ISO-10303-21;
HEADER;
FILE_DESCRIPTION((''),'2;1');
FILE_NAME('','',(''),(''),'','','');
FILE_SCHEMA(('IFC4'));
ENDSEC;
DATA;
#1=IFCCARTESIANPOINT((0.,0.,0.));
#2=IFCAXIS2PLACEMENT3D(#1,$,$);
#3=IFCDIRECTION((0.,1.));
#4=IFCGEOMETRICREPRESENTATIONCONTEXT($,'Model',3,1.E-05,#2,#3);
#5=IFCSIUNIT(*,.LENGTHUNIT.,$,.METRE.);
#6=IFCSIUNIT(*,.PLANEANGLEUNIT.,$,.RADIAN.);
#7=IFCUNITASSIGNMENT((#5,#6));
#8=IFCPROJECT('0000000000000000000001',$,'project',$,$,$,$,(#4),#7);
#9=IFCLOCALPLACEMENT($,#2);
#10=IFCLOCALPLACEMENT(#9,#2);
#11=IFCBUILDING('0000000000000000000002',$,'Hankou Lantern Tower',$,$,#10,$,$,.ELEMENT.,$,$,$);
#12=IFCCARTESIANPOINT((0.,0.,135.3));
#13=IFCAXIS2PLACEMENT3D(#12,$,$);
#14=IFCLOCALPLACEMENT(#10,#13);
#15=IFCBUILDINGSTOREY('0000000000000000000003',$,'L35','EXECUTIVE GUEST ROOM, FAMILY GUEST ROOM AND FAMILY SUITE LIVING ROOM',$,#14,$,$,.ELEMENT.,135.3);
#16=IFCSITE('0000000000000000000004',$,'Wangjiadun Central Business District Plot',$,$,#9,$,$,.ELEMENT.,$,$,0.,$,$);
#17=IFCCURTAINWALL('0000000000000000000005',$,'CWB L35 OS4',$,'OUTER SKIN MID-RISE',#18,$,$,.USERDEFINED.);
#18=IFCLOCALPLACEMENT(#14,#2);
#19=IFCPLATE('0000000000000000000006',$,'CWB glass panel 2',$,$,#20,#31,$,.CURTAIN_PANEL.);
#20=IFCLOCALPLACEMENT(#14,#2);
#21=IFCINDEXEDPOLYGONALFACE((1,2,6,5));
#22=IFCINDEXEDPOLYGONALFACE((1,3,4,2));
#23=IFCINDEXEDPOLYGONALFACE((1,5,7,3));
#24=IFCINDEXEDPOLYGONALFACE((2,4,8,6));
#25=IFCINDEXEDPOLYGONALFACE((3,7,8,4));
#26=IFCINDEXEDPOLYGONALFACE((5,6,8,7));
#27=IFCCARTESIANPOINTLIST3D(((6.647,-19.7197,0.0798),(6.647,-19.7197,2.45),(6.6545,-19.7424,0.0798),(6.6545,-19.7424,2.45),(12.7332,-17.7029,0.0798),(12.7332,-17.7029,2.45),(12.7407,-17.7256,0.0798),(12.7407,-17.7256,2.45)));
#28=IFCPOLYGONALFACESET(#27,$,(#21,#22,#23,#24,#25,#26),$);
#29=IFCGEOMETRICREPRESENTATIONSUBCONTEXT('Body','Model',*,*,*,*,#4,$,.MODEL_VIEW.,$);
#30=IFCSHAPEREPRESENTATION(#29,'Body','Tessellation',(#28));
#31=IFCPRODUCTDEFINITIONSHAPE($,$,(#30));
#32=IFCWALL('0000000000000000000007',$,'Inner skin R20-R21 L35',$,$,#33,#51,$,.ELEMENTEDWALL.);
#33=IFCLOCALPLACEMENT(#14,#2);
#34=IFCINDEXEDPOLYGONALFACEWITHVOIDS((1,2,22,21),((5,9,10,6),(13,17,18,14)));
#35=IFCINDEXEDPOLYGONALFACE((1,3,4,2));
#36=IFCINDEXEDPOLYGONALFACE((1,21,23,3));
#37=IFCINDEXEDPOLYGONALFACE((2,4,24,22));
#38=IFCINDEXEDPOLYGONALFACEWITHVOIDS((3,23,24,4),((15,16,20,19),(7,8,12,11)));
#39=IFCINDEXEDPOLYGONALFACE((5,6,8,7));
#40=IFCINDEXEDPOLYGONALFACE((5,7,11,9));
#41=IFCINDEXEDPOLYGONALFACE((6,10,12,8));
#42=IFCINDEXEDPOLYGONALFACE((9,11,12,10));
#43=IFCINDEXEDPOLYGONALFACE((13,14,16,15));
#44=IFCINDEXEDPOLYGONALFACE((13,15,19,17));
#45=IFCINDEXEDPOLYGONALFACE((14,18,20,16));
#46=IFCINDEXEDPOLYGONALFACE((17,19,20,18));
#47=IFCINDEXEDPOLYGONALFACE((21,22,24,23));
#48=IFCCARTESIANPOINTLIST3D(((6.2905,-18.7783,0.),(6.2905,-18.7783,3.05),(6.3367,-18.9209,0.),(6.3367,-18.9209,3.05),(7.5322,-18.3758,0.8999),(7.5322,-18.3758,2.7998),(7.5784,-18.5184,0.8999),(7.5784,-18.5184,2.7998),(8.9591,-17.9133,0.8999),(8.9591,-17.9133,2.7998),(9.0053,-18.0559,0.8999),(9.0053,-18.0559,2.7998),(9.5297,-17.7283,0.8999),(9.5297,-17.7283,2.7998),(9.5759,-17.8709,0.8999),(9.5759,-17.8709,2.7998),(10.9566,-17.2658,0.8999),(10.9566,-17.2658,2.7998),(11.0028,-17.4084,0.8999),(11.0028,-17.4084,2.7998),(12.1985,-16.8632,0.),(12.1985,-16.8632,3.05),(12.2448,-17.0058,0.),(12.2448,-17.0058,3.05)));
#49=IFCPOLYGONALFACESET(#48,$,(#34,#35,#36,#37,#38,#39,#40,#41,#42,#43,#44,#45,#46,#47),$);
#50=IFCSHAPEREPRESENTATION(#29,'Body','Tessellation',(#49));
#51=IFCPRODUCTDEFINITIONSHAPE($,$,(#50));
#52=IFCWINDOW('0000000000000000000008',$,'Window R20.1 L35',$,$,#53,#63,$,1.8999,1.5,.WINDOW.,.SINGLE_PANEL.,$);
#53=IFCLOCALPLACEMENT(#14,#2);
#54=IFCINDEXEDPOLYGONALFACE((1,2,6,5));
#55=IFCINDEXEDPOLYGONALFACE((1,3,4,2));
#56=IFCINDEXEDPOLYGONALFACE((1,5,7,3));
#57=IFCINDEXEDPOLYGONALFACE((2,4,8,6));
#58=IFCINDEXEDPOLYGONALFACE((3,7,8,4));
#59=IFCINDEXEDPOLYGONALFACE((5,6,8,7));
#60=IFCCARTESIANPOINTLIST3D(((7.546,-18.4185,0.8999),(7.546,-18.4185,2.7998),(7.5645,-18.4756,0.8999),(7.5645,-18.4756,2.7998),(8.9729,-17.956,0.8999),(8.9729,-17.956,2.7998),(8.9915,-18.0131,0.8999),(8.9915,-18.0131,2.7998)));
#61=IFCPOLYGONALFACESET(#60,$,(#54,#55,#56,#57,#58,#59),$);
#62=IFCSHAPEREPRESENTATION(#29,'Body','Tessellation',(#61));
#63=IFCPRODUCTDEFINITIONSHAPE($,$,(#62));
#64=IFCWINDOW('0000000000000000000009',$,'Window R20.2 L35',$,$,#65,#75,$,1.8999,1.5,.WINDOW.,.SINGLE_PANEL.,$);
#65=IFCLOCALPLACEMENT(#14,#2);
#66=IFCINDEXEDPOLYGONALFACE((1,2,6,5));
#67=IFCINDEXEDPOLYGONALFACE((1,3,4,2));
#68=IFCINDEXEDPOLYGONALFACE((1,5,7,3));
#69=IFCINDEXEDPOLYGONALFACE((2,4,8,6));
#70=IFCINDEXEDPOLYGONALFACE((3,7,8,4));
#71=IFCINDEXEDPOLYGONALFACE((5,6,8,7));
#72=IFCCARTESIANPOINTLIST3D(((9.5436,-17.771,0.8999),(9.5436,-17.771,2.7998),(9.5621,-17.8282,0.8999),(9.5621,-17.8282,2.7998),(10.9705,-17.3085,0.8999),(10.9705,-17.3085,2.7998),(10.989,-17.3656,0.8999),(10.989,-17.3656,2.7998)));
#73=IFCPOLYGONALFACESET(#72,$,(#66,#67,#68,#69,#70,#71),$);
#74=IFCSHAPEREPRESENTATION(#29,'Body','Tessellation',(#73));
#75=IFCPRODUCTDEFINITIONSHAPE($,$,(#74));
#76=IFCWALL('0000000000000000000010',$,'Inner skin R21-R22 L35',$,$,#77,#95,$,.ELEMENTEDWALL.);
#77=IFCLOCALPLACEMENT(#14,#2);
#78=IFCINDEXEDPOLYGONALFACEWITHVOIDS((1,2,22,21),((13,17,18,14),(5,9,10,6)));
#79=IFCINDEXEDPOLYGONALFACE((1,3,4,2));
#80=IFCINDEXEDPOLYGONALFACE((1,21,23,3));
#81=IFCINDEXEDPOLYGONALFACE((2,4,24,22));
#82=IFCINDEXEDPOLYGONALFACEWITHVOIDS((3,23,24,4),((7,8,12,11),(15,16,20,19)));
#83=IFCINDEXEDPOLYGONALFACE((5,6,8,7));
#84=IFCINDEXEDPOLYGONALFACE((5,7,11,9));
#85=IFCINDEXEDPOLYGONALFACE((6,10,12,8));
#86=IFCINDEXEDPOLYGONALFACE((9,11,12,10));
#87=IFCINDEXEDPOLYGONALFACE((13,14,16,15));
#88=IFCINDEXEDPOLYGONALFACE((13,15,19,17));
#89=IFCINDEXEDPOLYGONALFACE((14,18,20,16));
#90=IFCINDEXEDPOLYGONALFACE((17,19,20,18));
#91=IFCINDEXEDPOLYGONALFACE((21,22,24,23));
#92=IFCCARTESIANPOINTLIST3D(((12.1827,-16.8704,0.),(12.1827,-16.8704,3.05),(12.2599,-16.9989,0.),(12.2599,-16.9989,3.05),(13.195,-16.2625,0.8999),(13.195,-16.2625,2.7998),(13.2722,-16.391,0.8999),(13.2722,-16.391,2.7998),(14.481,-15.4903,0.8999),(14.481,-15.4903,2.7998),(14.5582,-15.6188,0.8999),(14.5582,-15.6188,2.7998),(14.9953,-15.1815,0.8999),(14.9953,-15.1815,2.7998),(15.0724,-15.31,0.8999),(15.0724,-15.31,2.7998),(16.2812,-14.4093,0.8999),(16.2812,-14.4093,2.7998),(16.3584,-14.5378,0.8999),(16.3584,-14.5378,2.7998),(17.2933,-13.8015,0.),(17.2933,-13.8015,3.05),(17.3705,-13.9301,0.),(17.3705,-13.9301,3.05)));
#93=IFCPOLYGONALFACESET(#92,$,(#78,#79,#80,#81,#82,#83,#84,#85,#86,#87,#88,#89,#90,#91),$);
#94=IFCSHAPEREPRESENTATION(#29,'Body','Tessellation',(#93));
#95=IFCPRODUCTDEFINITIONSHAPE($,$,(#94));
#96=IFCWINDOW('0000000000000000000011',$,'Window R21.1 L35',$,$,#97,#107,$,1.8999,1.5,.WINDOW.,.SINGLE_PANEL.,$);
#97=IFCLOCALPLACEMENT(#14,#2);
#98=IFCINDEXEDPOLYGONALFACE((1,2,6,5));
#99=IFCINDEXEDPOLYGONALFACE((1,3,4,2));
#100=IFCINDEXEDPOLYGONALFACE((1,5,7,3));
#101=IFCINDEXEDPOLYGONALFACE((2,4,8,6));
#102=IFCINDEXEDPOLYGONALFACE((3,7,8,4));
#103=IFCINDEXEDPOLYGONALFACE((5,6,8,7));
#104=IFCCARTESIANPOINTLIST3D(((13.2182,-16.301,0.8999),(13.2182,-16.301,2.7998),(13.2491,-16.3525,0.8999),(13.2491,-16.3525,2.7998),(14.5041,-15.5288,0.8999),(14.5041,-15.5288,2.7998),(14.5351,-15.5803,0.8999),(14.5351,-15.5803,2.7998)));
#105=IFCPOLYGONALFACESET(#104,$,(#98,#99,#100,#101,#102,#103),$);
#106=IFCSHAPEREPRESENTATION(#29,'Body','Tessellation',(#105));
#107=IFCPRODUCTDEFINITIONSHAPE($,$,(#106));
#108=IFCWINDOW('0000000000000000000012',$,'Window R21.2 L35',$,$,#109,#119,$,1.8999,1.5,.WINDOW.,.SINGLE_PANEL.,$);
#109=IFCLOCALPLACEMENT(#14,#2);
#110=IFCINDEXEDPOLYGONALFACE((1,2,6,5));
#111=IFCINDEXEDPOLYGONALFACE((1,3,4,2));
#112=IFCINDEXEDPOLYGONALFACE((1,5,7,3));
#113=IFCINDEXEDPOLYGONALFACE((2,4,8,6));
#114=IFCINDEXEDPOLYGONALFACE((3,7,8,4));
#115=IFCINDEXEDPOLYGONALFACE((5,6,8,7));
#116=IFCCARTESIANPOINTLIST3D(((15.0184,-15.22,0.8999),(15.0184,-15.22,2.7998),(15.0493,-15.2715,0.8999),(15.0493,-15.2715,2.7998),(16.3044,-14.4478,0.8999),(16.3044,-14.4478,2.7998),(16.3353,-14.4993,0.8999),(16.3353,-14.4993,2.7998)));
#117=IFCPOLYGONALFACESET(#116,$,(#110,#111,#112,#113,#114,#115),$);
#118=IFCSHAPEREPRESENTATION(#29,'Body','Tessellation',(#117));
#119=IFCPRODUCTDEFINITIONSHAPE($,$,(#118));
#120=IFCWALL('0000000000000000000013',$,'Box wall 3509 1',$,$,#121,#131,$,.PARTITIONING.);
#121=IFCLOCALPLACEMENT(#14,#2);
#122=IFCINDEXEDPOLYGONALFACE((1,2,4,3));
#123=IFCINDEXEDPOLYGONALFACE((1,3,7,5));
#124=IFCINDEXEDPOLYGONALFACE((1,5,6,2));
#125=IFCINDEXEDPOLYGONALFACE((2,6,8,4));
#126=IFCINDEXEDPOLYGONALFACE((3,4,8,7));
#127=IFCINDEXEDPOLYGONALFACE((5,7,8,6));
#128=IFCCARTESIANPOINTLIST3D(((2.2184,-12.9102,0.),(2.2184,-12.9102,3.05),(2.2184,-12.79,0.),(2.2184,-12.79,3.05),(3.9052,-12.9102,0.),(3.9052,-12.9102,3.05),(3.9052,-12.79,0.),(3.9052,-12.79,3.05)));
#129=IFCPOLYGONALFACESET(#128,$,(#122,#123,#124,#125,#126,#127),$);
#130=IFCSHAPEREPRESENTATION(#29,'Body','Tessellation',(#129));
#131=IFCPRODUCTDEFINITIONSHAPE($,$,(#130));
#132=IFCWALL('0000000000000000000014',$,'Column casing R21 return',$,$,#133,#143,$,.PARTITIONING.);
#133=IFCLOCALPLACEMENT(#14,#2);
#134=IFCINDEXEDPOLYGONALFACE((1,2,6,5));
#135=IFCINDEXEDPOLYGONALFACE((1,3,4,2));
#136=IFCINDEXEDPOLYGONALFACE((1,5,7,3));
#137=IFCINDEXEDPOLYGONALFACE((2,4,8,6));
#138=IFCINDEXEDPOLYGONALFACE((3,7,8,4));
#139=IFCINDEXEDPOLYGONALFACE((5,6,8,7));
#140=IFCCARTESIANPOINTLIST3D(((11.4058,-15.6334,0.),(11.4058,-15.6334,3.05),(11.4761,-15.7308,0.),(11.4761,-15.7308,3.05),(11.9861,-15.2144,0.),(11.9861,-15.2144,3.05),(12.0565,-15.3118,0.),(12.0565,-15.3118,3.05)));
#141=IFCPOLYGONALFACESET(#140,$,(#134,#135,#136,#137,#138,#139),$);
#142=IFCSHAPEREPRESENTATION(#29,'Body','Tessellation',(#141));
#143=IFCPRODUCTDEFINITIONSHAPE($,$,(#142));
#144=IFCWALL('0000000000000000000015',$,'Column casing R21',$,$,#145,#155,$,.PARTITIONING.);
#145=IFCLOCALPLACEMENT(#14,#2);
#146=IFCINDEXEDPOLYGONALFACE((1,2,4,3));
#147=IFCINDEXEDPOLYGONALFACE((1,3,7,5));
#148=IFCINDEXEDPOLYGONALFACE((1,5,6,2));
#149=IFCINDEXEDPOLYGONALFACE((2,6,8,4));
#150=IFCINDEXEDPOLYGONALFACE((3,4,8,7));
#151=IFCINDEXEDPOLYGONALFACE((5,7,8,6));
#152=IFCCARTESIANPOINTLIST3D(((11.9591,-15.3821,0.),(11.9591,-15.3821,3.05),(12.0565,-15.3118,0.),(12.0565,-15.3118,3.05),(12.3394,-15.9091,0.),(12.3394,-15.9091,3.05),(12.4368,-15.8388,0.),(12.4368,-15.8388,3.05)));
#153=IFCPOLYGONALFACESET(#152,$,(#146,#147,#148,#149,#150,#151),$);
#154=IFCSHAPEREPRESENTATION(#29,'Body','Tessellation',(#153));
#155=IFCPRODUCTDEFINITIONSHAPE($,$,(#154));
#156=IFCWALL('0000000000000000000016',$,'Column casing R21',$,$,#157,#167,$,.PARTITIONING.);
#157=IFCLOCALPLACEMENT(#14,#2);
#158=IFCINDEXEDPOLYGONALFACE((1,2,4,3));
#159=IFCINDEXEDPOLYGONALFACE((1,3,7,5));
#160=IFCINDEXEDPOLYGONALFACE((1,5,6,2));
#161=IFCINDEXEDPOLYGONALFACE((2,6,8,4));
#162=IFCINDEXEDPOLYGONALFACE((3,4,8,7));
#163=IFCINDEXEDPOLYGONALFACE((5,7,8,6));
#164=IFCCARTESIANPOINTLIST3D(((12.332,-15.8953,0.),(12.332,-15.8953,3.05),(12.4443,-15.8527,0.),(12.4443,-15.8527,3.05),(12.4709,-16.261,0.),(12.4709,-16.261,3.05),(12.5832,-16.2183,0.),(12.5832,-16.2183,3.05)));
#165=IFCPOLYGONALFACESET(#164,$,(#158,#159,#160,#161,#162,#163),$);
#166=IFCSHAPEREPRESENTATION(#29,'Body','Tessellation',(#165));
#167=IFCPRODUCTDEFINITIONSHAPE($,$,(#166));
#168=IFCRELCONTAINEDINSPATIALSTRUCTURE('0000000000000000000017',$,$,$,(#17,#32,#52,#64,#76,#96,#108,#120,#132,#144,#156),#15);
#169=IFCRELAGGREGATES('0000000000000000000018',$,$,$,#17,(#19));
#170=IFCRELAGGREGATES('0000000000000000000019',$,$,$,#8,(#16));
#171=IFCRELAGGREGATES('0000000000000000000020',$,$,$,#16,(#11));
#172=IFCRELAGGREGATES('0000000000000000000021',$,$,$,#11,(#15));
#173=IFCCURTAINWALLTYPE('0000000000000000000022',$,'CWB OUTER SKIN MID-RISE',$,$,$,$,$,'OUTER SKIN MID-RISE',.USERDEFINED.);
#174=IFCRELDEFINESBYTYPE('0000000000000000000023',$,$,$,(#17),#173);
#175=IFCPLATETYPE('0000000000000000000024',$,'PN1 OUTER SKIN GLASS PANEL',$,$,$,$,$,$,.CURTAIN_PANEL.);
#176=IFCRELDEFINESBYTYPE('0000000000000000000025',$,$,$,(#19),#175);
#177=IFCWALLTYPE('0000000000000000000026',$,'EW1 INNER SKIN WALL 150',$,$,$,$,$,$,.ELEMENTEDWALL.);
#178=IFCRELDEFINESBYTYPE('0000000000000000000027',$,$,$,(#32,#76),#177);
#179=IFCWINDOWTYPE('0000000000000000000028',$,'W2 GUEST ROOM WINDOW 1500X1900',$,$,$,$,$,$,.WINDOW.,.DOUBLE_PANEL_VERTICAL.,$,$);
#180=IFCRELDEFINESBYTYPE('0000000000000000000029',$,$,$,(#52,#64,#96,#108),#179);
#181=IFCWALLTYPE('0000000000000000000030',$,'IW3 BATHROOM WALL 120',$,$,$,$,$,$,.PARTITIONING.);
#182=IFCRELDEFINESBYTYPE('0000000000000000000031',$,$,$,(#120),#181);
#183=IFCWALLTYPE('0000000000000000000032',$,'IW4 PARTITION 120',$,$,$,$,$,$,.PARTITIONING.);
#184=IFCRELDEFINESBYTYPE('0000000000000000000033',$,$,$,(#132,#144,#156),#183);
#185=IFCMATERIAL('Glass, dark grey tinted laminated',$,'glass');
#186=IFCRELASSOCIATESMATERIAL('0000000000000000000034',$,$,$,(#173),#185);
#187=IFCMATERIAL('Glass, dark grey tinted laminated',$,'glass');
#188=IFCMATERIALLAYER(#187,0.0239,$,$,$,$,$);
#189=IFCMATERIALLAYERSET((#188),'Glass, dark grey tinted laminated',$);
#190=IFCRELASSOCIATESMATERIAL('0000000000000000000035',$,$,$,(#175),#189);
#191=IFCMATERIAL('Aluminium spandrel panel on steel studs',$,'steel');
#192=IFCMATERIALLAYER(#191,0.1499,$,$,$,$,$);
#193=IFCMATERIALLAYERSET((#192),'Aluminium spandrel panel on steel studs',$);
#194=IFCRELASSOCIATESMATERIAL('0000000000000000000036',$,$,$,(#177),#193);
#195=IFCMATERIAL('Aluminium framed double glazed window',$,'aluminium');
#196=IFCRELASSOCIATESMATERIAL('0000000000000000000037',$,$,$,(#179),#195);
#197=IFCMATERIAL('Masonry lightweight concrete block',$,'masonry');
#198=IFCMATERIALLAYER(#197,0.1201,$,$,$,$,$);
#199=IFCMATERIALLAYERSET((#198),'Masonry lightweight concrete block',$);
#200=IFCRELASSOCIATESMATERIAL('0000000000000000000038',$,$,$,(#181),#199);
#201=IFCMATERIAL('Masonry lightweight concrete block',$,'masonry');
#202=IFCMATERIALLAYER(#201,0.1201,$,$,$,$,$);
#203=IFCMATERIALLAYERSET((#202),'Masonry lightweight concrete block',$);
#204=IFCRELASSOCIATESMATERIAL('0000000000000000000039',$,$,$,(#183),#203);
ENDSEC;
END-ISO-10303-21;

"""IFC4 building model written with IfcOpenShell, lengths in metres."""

from ifc_helpers import new_model, si_unit, direction, frame, frame_2d, origin, origin_2d, place, context, subcontext, project, spatial, rectangle, extrude, material, layer, layer_set, type_object, element, fill, aggregate, save


model = new_model("IFC4")

# Units and contexts
model_context = context("Model", 3, precision=1e-05, world=origin(), true_north=direction((0.0, 1.0)))
body_context = subcontext(model_context, "Body", "Model", "MODEL_VIEW")
ifc_project = project(units=[si_unit("LENGTHUNIT", "METRE"), si_unit("PLANEANGLEUNIT", "RADIAN")], contexts=[model_context])

# Site, building, storey
site_placement = place(None, origin())
site = spatial("IfcSite", under=ifc_project, at=site_placement, Name="Wangjiadun Central Business District Plot", CompositionType="ELEMENT", RefElevation=0.0)
building_placement = place(site_placement, origin())
building = spatial("IfcBuilding", under=site, at=building_placement, Name="Hankou Lantern Tower", CompositionType="ELEMENT")
storey_placement = place(building_placement, frame((0.0, 0.0, 135.3)))
storey = spatial("IfcBuildingStorey", under=building, at=storey_placement, Name="L35", Description="EXECUTIVE GUEST ROOM, FAMILY GUEST ROOM AND FAMILY SUITE LIVING ROOM", CompositionType="ELEMENT", Elevation=135.3)

# Curtain wall
ifc_material_1 = material(Name="Glass, dark grey tinted laminated", Category="glass")
curtain_wall_type = type_object("IfcCurtainWallType", Name="CWB OUTER SKIN MID-RISE", ElementType="OUTER SKIN MID-RISE", PredefinedType="USERDEFINED", material=ifc_material_1)
curtain_wall_placement = place(storey_placement, origin())
curtain_wall = element("IfcCurtainWall", 1, at=curtain_wall_placement, inside=storey, type_object=curtain_wall_type, Name="CWB L35 OS4", ObjectType="OUTER SKIN MID-RISE", PredefinedType="USERDEFINED")

# Plate
ifc_material_2 = material(Name="Glass, dark grey tinted laminated", Category="glass")
ifc_layer_1 = layer(ifc_material_2, 0.0239)
ifc_layer_set_1 = layer_set([ifc_layer_1], Name="Glass, dark grey tinted laminated")
plate_type = type_object("IfcPlateType", Name="PN1 OUTER SKIN GLASS PANEL", PredefinedType="CURTAIN_PANEL", material=ifc_layer_set_1)
plate_1_placement = place(storey_placement, frame((9.6938, -18.7227, 0.0798), z_axis=(0.0, 0.0, 1.0), x_axis=(0.949241, 0.314551, 0.0)))
plate_1 = element("IfcPlate", 2, at=plate_1_placement, type_object=plate_type, Name="CWB glass panel 2", PredefinedType="CURTAIN_PANEL", context=body_context, shape_type="SweptSolid", body=[
    extrude(rectangle(XDim=6.4116, YDim=0.0239, at=origin_2d()), origin(), (0.0, 0.0, 1.0), 2.3701),
])
aggregate(curtain_wall, [plate_1])

# Walls, openings, windows
ifc_material_3 = material(Name="Aluminium spandrel panel on steel studs", Category="steel")
ifc_layer_2 = layer(ifc_material_3, 0.1499)
ifc_layer_set_2 = layer_set([ifc_layer_2], Name="Aluminium spandrel panel on steel studs")
wall_type_1 = type_object("IfcWallType", Name="EW1 INNER SKIN WALL 150", PredefinedType="ELEMENTEDWALL", material=ifc_layer_set_2)
wall_1_placement = place(storey_placement, frame((6.3135, -18.8496, 0.0), z_axis=(0.0, 0.0, 1.0), x_axis=(0.951273, 0.308351, 0.0)))
wall_1 = element("IfcWall", 3, at=wall_1_placement, inside=storey, type_object=wall_type_1, Name="Inner skin R20-R21 L35", PredefinedType="ELEMENTEDWALL", context=body_context, shape_type="SweptSolid", body=[
    extrude(rectangle(XDim=6.2107, YDim=0.1499, at=frame_2d((3.1055, 0.0))), origin(), (0.0, 0.0, 1.0), 3.05),
])
opening_1_placement = place(wall_1_placement, frame((1.3054, 0.0, 0.8999)))
opening_1 = element("IfcOpeningElement", 4, at=opening_1_placement, cuts=wall_1, PredefinedType="OPENING", context=body_context, shape_type="SweptSolid", body=[
    extrude(rectangle(XDim=1.5, YDim=1.8999, at=frame_2d((0.75, 0.95))), frame((0.0, 0.085, 0.0), z_axis=(0.0, -1.0, 0.0), x_axis=(1.0, 0.0, 0.0)), (0.0, 0.0, 1.0), 0.1699),
])
opening_2_placement = place(wall_1_placement, frame((3.4053, 0.0, 0.8999)))
opening_2 = element("IfcOpeningElement", 5, at=opening_2_placement, cuts=wall_1, PredefinedType="OPENING", context=body_context, shape_type="SweptSolid", body=[
    extrude(rectangle(XDim=1.5, YDim=1.8999, at=frame_2d((0.75, 0.95))), frame((0.0, 0.085, 0.0), z_axis=(0.0, -1.0, 0.0), x_axis=(1.0, 0.0, 0.0)), (0.0, 0.0, 1.0), 0.1699),
])
ifc_material_4 = material(Name="Aluminium framed double glazed window", Category="aluminium")
window_type = type_object("IfcWindowType", Name="W2 GUEST ROOM WINDOW 1500X1900", PartitioningType="DOUBLE_PANEL_VERTICAL", PredefinedType="WINDOW", material=ifc_material_4)
window_1_placement = place(opening_1_placement, origin())
window_1 = element("IfcWindow", 6, at=window_1_placement, inside=storey, type_object=window_type, Name="Window R20.1 L35", OverallHeight=1.8999, OverallWidth=1.5, PartitioningType="SINGLE_PANEL", PredefinedType="WINDOW", context=body_context, shape_type="SweptSolid", body=[
    extrude(rectangle(XDim=1.5, YDim=1.8999, at=frame_2d((0.75, 0.95))), frame((0.0, 0.03, 0.0), z_axis=(0.0, -1.0, 0.0), x_axis=(1.0, 0.0, 0.0)), (0.0, 0.0, 1.0), 0.0601),
])
fill(opening_1, window_1)
window_2_placement = place(opening_2_placement, origin())
window_2 = element("IfcWindow", 7, at=window_2_placement, inside=storey, type_object=window_type, Name="Window R20.2 L35", OverallHeight=1.8999, OverallWidth=1.5, PartitioningType="SINGLE_PANEL", PredefinedType="WINDOW", context=body_context, shape_type="SweptSolid", body=[
    extrude(rectangle(XDim=1.5, YDim=1.8999, at=frame_2d((0.75, 0.95))), frame((0.0, 0.03, 0.0), z_axis=(0.0, -1.0, 0.0), x_axis=(1.0, 0.0, 0.0)), (0.0, 0.0, 1.0), 0.0601),
])
fill(opening_2, window_2)
wall_2_placement = place(storey_placement, frame((12.2214, -16.9346, 0.0), z_axis=(0.0, 0.0, 1.0), x_axis=(0.857309, 0.514803, 0.0)))
wall_2 = element("IfcWall", 8, at=wall_2_placement, inside=storey, type_object=wall_type_1, Name="Inner skin R21-R22 L35", PredefinedType="ELEMENTEDWALL", context=body_context, shape_type="SweptSolid", body=[
    extrude(rectangle(XDim=5.9612, YDim=0.1499, at=frame_2d((2.9805, 0.0))), origin(), (0.0, 0.0, 1.0), 3.05),
])
opening_3_placement = place(wall_2_placement, frame((1.1807, 0.0, 0.8999)))
opening_3 = element("IfcOpeningElement", 9, at=opening_3_placement, cuts=wall_2, PredefinedType="OPENING", context=body_context, shape_type="SweptSolid", body=[
    extrude(rectangle(XDim=1.5, YDim=1.8999, at=frame_2d((0.75, 0.95))), frame((0.0, 0.085, 0.0), z_axis=(0.0, -1.0, 0.0), x_axis=(1.0, 0.0, 0.0)), (0.0, 0.0, 1.0), 0.1699),
])
opening_4_placement = place(wall_2_placement, frame((3.2805, 0.0, 0.8999)))
opening_4 = element("IfcOpeningElement", 10, at=opening_4_placement, cuts=wall_2, PredefinedType="OPENING", context=body_context, shape_type="SweptSolid", body=[
    extrude(rectangle(XDim=1.5, YDim=1.8999, at=frame_2d((0.75, 0.95))), frame((0.0, 0.085, 0.0), z_axis=(0.0, -1.0, 0.0), x_axis=(1.0, 0.0, 0.0)), (0.0, 0.0, 1.0), 0.1699),
])
window_3_placement = place(opening_3_placement, origin())
window_3 = element("IfcWindow", 11, at=window_3_placement, inside=storey, type_object=window_type, Name="Window R21.1 L35", OverallHeight=1.8999, OverallWidth=1.5, PartitioningType="SINGLE_PANEL", PredefinedType="WINDOW", context=body_context, shape_type="SweptSolid", body=[
    extrude(rectangle(XDim=1.5, YDim=1.8999, at=frame_2d((0.75, 0.95))), frame((0.0, 0.03, 0.0), z_axis=(0.0, -1.0, 0.0), x_axis=(1.0, 0.0, 0.0)), (0.0, 0.0, 1.0), 0.0601),
])
fill(opening_3, window_3)
window_4_placement = place(opening_4_placement, origin())
window_4 = element("IfcWindow", 12, at=window_4_placement, inside=storey, type_object=window_type, Name="Window R21.2 L35", OverallHeight=1.8999, OverallWidth=1.5, PartitioningType="SINGLE_PANEL", PredefinedType="WINDOW", context=body_context, shape_type="SweptSolid", body=[
    extrude(rectangle(XDim=1.5, YDim=1.8999, at=frame_2d((0.75, 0.95))), frame((0.0, 0.03, 0.0), z_axis=(0.0, -1.0, 0.0), x_axis=(1.0, 0.0, 0.0)), (0.0, 0.0, 1.0), 0.0601),
])
fill(opening_4, window_4)

# Walls
ifc_material_5 = material(Name="Masonry lightweight concrete block", Category="masonry")
ifc_layer_3 = layer(ifc_material_5, 0.1201)
ifc_layer_set_3 = layer_set([ifc_layer_3], Name="Masonry lightweight concrete block")
wall_type_2 = type_object("IfcWallType", Name="IW3 BATHROOM WALL 120", PredefinedType="PARTITIONING", material=ifc_layer_set_3)
wall_3_placement = place(storey_placement, frame((2.2185, -12.8501, 0.0), z_axis=(0.0, 0.0, 1.0), x_axis=(1.0, 0.0, 0.0)))
element("IfcWall", 13, at=wall_3_placement, inside=storey, type_object=wall_type_2, Name="Box wall 3509 1", PredefinedType="PARTITIONING", context=body_context, shape_type="SweptSolid", body=[
    extrude(rectangle(XDim=1.6868, YDim=0.1201, at=frame_2d((0.8433, 0.0))), origin(), (0.0, 0.0, 1.0), 3.05),
])
ifc_material_6 = material(Name="Masonry lightweight concrete block", Category="masonry")
ifc_layer_4 = layer(ifc_material_6, 0.1201)
ifc_layer_set_4 = layer_set([ifc_layer_4], Name="Masonry lightweight concrete block")
wall_type_3 = type_object("IfcWallType", Name="IW4 PARTITION 120", PredefinedType="PARTITIONING", material=ifc_layer_set_4)
wall_4_placement = place(storey_placement, frame((11.4409, -15.6821, 0.0), z_axis=(0.0, 0.0, 1.0), x_axis=(0.810796, 0.585329, 0.0)))
element("IfcWall", 14, at=wall_4_placement, inside=storey, type_object=wall_type_3, Name="Column casing R21 return", PredefinedType="PARTITIONING", context=body_context, shape_type="SweptSolid", body=[
    extrude(rectangle(XDim=0.7158, YDim=0.1201, at=frame_2d((0.3579, 0.0))), origin(), (0.0, 0.0, 1.0), 3.05),
])
wall_5_placement = place(storey_placement, frame((12.0078, -15.3469, 0.0), z_axis=(0.0, 0.0, 1.0), x_axis=(0.585175, -0.810907, 0.0)))
element("IfcWall", 15, at=wall_5_placement, inside=storey, type_object=wall_type_3, Name="Column casing R21", PredefinedType="PARTITIONING", context=body_context, shape_type="SweptSolid", body=[
    extrude(rectangle(XDim=0.6499, YDim=0.1201, at=frame_2d((0.325, 0.0))), origin(), (0.0, 0.0, 1.0), 3.05),
])
for number, where, z_axis, x_axis, name in (
    (16, (12.3882, -15.874, 0.0), (0.0, 0.0, 1.0), (0.355087, -0.934833, 0.0), "Column casing R21"),
):
    element("IfcWall", number, at=place(storey_placement, frame(where, z_axis=z_axis, x_axis=x_axis)), inside=storey, type_object=wall_type_3, Name=name, PredefinedType="PARTITIONING", context=body_context, shape_type="SweptSolid", body=[
        extrude(rectangle(XDim=0.3911, YDim=0.1201, at=frame_2d((0.1956, 0.0))), origin(), (0.0, 0.0, 1.0), 3.05),
    ])

save(model, "model.ifc")
